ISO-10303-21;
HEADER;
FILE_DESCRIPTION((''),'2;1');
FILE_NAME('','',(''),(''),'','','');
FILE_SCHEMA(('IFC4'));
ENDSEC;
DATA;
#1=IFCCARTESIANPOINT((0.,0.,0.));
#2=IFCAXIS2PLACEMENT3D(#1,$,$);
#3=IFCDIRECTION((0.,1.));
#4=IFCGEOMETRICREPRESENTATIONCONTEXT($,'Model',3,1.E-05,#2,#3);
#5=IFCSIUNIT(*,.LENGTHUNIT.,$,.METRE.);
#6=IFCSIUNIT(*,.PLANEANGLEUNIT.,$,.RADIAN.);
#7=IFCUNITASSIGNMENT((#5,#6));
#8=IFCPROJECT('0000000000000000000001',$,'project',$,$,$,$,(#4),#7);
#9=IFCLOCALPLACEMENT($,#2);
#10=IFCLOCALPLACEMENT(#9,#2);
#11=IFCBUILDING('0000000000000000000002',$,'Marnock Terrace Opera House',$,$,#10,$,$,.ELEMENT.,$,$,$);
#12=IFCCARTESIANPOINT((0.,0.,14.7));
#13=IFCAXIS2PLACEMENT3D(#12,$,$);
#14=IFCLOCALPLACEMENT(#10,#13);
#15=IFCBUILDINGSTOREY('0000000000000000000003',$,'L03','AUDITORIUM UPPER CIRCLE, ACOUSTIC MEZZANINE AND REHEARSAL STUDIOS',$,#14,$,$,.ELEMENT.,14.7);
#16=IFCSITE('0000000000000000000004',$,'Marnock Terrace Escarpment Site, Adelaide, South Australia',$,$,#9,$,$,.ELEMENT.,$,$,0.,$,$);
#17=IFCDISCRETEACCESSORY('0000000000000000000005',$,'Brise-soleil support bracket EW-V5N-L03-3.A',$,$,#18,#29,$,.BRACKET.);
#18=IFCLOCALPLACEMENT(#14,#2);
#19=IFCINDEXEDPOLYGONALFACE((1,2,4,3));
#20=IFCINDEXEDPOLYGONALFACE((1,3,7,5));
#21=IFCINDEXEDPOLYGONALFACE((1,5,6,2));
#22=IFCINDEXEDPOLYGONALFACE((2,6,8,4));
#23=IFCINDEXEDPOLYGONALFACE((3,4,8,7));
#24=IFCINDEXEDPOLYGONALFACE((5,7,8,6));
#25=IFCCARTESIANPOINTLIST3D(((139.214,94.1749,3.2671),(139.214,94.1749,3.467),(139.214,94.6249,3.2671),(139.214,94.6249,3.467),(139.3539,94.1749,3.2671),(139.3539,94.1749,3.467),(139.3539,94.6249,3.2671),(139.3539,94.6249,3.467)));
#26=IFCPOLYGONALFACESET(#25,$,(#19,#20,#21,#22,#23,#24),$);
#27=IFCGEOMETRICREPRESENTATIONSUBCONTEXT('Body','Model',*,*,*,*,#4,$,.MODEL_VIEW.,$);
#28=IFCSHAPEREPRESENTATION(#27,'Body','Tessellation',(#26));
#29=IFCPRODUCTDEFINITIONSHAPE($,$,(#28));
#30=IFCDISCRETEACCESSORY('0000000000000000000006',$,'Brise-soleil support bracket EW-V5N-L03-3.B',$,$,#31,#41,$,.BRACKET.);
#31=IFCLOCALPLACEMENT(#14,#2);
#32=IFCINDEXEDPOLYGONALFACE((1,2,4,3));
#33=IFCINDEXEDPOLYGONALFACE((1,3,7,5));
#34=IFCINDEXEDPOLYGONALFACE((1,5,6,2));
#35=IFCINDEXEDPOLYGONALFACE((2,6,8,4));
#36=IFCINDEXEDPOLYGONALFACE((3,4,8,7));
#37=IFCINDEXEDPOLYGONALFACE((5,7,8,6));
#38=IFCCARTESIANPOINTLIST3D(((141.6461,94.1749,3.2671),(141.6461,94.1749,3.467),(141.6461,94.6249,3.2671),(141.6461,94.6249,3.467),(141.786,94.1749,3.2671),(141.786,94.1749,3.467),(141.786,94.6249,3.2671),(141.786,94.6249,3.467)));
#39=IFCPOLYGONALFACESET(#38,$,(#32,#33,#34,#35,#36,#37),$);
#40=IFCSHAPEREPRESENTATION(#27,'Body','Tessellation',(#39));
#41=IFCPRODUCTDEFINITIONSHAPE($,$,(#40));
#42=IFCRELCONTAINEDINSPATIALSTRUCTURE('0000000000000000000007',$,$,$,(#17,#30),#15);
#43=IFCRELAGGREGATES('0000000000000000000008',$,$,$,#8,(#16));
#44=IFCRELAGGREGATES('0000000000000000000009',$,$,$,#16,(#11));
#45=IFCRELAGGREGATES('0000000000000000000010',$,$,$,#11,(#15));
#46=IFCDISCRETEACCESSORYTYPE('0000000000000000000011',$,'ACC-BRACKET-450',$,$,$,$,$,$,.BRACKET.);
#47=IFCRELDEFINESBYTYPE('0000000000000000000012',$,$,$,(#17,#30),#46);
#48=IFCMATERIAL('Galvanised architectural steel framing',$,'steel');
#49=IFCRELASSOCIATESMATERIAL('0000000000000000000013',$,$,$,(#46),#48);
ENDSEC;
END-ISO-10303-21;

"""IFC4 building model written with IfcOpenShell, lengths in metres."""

from ifc_helpers import new_model, si_unit, direction, frame, origin, origin_2d, place, context, subcontext, project, spatial, rectangle, extrude, material, type_object, element, save


model = new_model("IFC4")

# Units and contexts
model_context = context("Model", 3, precision=1e-05, world=origin(), true_north=direction((0.0, 1.0)))
body_context = subcontext(model_context, "Body", "Model", "MODEL_VIEW")
ifc_project = project(units=[si_unit("LENGTHUNIT", "METRE"), si_unit("PLANEANGLEUNIT", "RADIAN")], contexts=[model_context])

# Site, building, storey
site_placement = place(None, origin())
site = spatial("IfcSite", under=ifc_project, at=site_placement, Name="Marnock Terrace Escarpment Site, Adelaide, South Australia", CompositionType="ELEMENT", RefElevation=0.0)
building_placement = place(site_placement, origin())
building = spatial("IfcBuilding", under=site, at=building_placement, Name="Marnock Terrace Opera House", CompositionType="ELEMENT")
storey_placement = place(building_placement, frame((0.0, 0.0, 14.7)))
storey = spatial("IfcBuildingStorey", under=building, at=storey_placement, Name="L03", Description="AUDITORIUM UPPER CIRCLE, ACOUSTIC MEZZANINE AND REHEARSAL STUDIOS", CompositionType="ELEMENT", Elevation=14.7)

# Discrete accessories
ifc_material_1 = material(Name="Galvanised architectural steel framing", Category="steel")
discrete_accessory_type = type_object("IfcDiscreteAccessoryType", Name="ACC-BRACKET-450", PredefinedType="BRACKET", material=ifc_material_1)
for number, where, z_axis, x_axis, name in (
    (1, (139.2839, 94.3999, 3.2671), (0.0, 0.0, 1.0), (1.0, 0.0, 0.0), "Brise-soleil support bracket EW-V5N-L03-3.A"),
    (2, (141.7161, 94.3999, 3.2671), (0.0, 0.0, 1.0), (1.0, 0.0, 0.0), "Brise-soleil support bracket EW-V5N-L03-3.B"),
):
    element("IfcDiscreteAccessory", number, at=place(storey_placement, frame(where, z_axis=z_axis, x_axis=x_axis)), inside=storey, type_object=discrete_accessory_type, Name=name, PredefinedType="BRACKET", context=body_context, shape_type="SweptSolid", body=[
        extrude(rectangle(XDim=0.1399, YDim=0.45, at=origin_2d()), origin(), (0.0, 0.0, 1.0), 0.2),
    ])

save(model, "model.ifc")
